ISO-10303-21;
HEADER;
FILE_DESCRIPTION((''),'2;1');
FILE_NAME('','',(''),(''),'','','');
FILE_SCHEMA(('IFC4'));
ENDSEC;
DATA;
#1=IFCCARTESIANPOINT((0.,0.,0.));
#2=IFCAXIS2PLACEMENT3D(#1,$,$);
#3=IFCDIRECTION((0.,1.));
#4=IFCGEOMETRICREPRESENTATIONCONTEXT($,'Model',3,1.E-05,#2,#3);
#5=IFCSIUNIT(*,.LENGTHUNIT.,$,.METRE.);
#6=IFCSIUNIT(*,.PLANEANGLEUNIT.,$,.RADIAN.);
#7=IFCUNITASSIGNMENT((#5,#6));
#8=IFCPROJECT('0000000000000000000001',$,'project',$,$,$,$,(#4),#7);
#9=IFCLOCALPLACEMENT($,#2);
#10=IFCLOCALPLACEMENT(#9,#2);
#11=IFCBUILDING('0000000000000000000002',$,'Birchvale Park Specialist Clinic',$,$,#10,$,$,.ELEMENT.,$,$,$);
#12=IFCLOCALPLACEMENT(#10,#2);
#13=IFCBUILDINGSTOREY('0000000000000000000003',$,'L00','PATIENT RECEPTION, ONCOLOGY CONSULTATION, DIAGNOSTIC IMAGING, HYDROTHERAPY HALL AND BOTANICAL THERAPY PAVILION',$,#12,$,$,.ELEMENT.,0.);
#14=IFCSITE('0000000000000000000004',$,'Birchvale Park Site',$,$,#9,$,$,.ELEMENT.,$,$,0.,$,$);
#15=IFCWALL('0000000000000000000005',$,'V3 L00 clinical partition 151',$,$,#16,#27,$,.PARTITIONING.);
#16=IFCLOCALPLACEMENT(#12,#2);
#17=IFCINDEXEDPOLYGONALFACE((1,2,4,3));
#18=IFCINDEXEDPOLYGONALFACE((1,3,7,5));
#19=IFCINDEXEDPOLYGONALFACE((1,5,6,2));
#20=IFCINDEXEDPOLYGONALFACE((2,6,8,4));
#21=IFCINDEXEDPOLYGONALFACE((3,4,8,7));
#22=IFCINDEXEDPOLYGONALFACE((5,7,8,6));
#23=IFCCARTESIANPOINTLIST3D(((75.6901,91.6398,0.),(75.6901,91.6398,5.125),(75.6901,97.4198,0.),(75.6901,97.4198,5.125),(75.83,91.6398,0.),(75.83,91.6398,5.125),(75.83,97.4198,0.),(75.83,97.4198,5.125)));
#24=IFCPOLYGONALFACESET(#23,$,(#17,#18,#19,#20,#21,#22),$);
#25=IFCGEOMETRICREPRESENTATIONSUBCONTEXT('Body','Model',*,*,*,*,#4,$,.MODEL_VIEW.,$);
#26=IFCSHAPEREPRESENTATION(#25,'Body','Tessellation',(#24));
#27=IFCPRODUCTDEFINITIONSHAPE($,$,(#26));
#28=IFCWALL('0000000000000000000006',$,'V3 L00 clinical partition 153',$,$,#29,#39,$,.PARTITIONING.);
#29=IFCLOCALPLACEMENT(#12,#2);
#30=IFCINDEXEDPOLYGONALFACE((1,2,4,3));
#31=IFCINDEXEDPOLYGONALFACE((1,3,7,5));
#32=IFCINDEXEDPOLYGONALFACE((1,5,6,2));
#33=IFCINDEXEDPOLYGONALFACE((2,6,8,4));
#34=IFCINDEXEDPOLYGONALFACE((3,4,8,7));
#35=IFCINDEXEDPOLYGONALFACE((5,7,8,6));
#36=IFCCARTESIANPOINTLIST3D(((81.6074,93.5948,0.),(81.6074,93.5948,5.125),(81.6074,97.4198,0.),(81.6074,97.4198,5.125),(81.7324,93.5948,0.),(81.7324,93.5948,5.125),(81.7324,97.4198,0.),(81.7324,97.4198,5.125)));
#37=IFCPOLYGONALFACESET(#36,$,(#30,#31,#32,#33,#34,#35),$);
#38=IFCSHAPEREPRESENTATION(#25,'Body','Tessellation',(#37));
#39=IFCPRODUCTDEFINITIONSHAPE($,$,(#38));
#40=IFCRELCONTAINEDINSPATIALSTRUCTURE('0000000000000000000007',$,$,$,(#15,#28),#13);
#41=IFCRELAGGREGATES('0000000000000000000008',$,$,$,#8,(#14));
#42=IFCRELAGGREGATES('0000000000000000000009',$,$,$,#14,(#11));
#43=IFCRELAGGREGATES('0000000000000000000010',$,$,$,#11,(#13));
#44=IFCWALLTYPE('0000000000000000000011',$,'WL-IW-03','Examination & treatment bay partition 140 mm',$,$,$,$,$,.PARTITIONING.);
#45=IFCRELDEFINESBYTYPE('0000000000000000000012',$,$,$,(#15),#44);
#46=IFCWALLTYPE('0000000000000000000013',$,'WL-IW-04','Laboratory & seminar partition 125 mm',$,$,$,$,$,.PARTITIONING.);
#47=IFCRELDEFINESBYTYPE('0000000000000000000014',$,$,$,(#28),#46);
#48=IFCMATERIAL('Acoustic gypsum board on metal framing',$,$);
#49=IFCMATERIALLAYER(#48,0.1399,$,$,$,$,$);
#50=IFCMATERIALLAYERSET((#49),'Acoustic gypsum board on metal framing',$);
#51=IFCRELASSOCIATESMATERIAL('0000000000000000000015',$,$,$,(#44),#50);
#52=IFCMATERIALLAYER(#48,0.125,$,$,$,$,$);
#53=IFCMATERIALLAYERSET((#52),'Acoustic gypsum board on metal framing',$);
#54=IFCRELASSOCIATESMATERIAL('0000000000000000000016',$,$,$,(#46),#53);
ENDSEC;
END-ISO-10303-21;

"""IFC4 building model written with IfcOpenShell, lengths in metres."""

from ifc_helpers import new_model, si_unit, direction, frame, frame_2d, origin, place, context, subcontext, project, spatial, rectangle, extrude, material, layer, layer_set, type_object, element, save


model = new_model("IFC4")

# Units and contexts
model_context = context("Model", 3, precision=1e-05, world=origin(), true_north=direction((0.0, 1.0)))
body_context = subcontext(model_context, "Body", "Model", "MODEL_VIEW")
ifc_project = project(units=[si_unit("LENGTHUNIT", "METRE"), si_unit("PLANEANGLEUNIT", "RADIAN")], contexts=[model_context])

# Site, building, storey
site_placement = place(None, origin())
site = spatial("IfcSite", under=ifc_project, at=site_placement, Name="Birchvale Park Site", CompositionType="ELEMENT", RefElevation=0.0)
building_placement = place(site_placement, origin())
building = spatial("IfcBuilding", under=site, at=building_placement, Name="Birchvale Park Specialist Clinic", CompositionType="ELEMENT")
storey_placement = place(building_placement, origin())
storey = spatial("IfcBuildingStorey", under=building, at=storey_placement, Name="L00", Description="PATIENT RECEPTION, ONCOLOGY CONSULTATION, DIAGNOSTIC IMAGING, HYDROTHERAPY HALL AND BOTANICAL THERAPY PAVILION", CompositionType="ELEMENT", Elevation=0.0)

# Walls
ifc_material_1 = material(Name="Acoustic gypsum board on metal framing")
ifc_layer_1 = layer(ifc_material_1, 0.1399)
ifc_layer_set_1 = layer_set([ifc_layer_1], Name="Acoustic gypsum board on metal framing")
wall_type_1 = type_object("IfcWallType", Name="WL-IW-03", Description="Examination & treatment bay partition 140 mm", PredefinedType="PARTITIONING", material=ifc_layer_set_1)
wall_1_placement = place(storey_placement, frame((75.76, 97.4199, 0.0), z_axis=(0.0, 0.0, 1.0), x_axis=(0.0, -1.0, 0.0)))
element("IfcWall", 1, at=wall_1_placement, inside=storey, type_object=wall_type_1, Name="V3 L00 clinical partition 151", PredefinedType="PARTITIONING", context=body_context, shape_type="SweptSolid", body=[
    extrude(rectangle(XDim=5.78, YDim=0.1399, at=frame_2d((2.8901, 0.0))), origin(), (0.0, 0.0, 1.0), 5.125),
])
ifc_layer_2 = layer(ifc_material_1, 0.125)
ifc_layer_set_2 = layer_set([ifc_layer_2], Name="Acoustic gypsum board on metal framing")
wall_type_2 = type_object("IfcWallType", Name="WL-IW-04", Description="Laboratory & seminar partition 125 mm", PredefinedType="PARTITIONING", material=ifc_layer_set_2)
wall_2_placement = place(storey_placement, frame((81.6699, 97.4199, 0.0), z_axis=(0.0, 0.0, 1.0), x_axis=(0.0, -1.0, 0.0)))
element("IfcWall", 2, at=wall_2_placement, inside=storey, type_object=wall_type_2, Name="V3 L00 clinical partition 153", PredefinedType="PARTITIONING", context=body_context, shape_type="SweptSolid", body=[
    extrude(rectangle(XDim=3.825, YDim=0.125, at=frame_2d((1.9126, 0.0))), origin(), (0.0, 0.0, 1.0), 5.125),
])

save(model, "model.ifc")
